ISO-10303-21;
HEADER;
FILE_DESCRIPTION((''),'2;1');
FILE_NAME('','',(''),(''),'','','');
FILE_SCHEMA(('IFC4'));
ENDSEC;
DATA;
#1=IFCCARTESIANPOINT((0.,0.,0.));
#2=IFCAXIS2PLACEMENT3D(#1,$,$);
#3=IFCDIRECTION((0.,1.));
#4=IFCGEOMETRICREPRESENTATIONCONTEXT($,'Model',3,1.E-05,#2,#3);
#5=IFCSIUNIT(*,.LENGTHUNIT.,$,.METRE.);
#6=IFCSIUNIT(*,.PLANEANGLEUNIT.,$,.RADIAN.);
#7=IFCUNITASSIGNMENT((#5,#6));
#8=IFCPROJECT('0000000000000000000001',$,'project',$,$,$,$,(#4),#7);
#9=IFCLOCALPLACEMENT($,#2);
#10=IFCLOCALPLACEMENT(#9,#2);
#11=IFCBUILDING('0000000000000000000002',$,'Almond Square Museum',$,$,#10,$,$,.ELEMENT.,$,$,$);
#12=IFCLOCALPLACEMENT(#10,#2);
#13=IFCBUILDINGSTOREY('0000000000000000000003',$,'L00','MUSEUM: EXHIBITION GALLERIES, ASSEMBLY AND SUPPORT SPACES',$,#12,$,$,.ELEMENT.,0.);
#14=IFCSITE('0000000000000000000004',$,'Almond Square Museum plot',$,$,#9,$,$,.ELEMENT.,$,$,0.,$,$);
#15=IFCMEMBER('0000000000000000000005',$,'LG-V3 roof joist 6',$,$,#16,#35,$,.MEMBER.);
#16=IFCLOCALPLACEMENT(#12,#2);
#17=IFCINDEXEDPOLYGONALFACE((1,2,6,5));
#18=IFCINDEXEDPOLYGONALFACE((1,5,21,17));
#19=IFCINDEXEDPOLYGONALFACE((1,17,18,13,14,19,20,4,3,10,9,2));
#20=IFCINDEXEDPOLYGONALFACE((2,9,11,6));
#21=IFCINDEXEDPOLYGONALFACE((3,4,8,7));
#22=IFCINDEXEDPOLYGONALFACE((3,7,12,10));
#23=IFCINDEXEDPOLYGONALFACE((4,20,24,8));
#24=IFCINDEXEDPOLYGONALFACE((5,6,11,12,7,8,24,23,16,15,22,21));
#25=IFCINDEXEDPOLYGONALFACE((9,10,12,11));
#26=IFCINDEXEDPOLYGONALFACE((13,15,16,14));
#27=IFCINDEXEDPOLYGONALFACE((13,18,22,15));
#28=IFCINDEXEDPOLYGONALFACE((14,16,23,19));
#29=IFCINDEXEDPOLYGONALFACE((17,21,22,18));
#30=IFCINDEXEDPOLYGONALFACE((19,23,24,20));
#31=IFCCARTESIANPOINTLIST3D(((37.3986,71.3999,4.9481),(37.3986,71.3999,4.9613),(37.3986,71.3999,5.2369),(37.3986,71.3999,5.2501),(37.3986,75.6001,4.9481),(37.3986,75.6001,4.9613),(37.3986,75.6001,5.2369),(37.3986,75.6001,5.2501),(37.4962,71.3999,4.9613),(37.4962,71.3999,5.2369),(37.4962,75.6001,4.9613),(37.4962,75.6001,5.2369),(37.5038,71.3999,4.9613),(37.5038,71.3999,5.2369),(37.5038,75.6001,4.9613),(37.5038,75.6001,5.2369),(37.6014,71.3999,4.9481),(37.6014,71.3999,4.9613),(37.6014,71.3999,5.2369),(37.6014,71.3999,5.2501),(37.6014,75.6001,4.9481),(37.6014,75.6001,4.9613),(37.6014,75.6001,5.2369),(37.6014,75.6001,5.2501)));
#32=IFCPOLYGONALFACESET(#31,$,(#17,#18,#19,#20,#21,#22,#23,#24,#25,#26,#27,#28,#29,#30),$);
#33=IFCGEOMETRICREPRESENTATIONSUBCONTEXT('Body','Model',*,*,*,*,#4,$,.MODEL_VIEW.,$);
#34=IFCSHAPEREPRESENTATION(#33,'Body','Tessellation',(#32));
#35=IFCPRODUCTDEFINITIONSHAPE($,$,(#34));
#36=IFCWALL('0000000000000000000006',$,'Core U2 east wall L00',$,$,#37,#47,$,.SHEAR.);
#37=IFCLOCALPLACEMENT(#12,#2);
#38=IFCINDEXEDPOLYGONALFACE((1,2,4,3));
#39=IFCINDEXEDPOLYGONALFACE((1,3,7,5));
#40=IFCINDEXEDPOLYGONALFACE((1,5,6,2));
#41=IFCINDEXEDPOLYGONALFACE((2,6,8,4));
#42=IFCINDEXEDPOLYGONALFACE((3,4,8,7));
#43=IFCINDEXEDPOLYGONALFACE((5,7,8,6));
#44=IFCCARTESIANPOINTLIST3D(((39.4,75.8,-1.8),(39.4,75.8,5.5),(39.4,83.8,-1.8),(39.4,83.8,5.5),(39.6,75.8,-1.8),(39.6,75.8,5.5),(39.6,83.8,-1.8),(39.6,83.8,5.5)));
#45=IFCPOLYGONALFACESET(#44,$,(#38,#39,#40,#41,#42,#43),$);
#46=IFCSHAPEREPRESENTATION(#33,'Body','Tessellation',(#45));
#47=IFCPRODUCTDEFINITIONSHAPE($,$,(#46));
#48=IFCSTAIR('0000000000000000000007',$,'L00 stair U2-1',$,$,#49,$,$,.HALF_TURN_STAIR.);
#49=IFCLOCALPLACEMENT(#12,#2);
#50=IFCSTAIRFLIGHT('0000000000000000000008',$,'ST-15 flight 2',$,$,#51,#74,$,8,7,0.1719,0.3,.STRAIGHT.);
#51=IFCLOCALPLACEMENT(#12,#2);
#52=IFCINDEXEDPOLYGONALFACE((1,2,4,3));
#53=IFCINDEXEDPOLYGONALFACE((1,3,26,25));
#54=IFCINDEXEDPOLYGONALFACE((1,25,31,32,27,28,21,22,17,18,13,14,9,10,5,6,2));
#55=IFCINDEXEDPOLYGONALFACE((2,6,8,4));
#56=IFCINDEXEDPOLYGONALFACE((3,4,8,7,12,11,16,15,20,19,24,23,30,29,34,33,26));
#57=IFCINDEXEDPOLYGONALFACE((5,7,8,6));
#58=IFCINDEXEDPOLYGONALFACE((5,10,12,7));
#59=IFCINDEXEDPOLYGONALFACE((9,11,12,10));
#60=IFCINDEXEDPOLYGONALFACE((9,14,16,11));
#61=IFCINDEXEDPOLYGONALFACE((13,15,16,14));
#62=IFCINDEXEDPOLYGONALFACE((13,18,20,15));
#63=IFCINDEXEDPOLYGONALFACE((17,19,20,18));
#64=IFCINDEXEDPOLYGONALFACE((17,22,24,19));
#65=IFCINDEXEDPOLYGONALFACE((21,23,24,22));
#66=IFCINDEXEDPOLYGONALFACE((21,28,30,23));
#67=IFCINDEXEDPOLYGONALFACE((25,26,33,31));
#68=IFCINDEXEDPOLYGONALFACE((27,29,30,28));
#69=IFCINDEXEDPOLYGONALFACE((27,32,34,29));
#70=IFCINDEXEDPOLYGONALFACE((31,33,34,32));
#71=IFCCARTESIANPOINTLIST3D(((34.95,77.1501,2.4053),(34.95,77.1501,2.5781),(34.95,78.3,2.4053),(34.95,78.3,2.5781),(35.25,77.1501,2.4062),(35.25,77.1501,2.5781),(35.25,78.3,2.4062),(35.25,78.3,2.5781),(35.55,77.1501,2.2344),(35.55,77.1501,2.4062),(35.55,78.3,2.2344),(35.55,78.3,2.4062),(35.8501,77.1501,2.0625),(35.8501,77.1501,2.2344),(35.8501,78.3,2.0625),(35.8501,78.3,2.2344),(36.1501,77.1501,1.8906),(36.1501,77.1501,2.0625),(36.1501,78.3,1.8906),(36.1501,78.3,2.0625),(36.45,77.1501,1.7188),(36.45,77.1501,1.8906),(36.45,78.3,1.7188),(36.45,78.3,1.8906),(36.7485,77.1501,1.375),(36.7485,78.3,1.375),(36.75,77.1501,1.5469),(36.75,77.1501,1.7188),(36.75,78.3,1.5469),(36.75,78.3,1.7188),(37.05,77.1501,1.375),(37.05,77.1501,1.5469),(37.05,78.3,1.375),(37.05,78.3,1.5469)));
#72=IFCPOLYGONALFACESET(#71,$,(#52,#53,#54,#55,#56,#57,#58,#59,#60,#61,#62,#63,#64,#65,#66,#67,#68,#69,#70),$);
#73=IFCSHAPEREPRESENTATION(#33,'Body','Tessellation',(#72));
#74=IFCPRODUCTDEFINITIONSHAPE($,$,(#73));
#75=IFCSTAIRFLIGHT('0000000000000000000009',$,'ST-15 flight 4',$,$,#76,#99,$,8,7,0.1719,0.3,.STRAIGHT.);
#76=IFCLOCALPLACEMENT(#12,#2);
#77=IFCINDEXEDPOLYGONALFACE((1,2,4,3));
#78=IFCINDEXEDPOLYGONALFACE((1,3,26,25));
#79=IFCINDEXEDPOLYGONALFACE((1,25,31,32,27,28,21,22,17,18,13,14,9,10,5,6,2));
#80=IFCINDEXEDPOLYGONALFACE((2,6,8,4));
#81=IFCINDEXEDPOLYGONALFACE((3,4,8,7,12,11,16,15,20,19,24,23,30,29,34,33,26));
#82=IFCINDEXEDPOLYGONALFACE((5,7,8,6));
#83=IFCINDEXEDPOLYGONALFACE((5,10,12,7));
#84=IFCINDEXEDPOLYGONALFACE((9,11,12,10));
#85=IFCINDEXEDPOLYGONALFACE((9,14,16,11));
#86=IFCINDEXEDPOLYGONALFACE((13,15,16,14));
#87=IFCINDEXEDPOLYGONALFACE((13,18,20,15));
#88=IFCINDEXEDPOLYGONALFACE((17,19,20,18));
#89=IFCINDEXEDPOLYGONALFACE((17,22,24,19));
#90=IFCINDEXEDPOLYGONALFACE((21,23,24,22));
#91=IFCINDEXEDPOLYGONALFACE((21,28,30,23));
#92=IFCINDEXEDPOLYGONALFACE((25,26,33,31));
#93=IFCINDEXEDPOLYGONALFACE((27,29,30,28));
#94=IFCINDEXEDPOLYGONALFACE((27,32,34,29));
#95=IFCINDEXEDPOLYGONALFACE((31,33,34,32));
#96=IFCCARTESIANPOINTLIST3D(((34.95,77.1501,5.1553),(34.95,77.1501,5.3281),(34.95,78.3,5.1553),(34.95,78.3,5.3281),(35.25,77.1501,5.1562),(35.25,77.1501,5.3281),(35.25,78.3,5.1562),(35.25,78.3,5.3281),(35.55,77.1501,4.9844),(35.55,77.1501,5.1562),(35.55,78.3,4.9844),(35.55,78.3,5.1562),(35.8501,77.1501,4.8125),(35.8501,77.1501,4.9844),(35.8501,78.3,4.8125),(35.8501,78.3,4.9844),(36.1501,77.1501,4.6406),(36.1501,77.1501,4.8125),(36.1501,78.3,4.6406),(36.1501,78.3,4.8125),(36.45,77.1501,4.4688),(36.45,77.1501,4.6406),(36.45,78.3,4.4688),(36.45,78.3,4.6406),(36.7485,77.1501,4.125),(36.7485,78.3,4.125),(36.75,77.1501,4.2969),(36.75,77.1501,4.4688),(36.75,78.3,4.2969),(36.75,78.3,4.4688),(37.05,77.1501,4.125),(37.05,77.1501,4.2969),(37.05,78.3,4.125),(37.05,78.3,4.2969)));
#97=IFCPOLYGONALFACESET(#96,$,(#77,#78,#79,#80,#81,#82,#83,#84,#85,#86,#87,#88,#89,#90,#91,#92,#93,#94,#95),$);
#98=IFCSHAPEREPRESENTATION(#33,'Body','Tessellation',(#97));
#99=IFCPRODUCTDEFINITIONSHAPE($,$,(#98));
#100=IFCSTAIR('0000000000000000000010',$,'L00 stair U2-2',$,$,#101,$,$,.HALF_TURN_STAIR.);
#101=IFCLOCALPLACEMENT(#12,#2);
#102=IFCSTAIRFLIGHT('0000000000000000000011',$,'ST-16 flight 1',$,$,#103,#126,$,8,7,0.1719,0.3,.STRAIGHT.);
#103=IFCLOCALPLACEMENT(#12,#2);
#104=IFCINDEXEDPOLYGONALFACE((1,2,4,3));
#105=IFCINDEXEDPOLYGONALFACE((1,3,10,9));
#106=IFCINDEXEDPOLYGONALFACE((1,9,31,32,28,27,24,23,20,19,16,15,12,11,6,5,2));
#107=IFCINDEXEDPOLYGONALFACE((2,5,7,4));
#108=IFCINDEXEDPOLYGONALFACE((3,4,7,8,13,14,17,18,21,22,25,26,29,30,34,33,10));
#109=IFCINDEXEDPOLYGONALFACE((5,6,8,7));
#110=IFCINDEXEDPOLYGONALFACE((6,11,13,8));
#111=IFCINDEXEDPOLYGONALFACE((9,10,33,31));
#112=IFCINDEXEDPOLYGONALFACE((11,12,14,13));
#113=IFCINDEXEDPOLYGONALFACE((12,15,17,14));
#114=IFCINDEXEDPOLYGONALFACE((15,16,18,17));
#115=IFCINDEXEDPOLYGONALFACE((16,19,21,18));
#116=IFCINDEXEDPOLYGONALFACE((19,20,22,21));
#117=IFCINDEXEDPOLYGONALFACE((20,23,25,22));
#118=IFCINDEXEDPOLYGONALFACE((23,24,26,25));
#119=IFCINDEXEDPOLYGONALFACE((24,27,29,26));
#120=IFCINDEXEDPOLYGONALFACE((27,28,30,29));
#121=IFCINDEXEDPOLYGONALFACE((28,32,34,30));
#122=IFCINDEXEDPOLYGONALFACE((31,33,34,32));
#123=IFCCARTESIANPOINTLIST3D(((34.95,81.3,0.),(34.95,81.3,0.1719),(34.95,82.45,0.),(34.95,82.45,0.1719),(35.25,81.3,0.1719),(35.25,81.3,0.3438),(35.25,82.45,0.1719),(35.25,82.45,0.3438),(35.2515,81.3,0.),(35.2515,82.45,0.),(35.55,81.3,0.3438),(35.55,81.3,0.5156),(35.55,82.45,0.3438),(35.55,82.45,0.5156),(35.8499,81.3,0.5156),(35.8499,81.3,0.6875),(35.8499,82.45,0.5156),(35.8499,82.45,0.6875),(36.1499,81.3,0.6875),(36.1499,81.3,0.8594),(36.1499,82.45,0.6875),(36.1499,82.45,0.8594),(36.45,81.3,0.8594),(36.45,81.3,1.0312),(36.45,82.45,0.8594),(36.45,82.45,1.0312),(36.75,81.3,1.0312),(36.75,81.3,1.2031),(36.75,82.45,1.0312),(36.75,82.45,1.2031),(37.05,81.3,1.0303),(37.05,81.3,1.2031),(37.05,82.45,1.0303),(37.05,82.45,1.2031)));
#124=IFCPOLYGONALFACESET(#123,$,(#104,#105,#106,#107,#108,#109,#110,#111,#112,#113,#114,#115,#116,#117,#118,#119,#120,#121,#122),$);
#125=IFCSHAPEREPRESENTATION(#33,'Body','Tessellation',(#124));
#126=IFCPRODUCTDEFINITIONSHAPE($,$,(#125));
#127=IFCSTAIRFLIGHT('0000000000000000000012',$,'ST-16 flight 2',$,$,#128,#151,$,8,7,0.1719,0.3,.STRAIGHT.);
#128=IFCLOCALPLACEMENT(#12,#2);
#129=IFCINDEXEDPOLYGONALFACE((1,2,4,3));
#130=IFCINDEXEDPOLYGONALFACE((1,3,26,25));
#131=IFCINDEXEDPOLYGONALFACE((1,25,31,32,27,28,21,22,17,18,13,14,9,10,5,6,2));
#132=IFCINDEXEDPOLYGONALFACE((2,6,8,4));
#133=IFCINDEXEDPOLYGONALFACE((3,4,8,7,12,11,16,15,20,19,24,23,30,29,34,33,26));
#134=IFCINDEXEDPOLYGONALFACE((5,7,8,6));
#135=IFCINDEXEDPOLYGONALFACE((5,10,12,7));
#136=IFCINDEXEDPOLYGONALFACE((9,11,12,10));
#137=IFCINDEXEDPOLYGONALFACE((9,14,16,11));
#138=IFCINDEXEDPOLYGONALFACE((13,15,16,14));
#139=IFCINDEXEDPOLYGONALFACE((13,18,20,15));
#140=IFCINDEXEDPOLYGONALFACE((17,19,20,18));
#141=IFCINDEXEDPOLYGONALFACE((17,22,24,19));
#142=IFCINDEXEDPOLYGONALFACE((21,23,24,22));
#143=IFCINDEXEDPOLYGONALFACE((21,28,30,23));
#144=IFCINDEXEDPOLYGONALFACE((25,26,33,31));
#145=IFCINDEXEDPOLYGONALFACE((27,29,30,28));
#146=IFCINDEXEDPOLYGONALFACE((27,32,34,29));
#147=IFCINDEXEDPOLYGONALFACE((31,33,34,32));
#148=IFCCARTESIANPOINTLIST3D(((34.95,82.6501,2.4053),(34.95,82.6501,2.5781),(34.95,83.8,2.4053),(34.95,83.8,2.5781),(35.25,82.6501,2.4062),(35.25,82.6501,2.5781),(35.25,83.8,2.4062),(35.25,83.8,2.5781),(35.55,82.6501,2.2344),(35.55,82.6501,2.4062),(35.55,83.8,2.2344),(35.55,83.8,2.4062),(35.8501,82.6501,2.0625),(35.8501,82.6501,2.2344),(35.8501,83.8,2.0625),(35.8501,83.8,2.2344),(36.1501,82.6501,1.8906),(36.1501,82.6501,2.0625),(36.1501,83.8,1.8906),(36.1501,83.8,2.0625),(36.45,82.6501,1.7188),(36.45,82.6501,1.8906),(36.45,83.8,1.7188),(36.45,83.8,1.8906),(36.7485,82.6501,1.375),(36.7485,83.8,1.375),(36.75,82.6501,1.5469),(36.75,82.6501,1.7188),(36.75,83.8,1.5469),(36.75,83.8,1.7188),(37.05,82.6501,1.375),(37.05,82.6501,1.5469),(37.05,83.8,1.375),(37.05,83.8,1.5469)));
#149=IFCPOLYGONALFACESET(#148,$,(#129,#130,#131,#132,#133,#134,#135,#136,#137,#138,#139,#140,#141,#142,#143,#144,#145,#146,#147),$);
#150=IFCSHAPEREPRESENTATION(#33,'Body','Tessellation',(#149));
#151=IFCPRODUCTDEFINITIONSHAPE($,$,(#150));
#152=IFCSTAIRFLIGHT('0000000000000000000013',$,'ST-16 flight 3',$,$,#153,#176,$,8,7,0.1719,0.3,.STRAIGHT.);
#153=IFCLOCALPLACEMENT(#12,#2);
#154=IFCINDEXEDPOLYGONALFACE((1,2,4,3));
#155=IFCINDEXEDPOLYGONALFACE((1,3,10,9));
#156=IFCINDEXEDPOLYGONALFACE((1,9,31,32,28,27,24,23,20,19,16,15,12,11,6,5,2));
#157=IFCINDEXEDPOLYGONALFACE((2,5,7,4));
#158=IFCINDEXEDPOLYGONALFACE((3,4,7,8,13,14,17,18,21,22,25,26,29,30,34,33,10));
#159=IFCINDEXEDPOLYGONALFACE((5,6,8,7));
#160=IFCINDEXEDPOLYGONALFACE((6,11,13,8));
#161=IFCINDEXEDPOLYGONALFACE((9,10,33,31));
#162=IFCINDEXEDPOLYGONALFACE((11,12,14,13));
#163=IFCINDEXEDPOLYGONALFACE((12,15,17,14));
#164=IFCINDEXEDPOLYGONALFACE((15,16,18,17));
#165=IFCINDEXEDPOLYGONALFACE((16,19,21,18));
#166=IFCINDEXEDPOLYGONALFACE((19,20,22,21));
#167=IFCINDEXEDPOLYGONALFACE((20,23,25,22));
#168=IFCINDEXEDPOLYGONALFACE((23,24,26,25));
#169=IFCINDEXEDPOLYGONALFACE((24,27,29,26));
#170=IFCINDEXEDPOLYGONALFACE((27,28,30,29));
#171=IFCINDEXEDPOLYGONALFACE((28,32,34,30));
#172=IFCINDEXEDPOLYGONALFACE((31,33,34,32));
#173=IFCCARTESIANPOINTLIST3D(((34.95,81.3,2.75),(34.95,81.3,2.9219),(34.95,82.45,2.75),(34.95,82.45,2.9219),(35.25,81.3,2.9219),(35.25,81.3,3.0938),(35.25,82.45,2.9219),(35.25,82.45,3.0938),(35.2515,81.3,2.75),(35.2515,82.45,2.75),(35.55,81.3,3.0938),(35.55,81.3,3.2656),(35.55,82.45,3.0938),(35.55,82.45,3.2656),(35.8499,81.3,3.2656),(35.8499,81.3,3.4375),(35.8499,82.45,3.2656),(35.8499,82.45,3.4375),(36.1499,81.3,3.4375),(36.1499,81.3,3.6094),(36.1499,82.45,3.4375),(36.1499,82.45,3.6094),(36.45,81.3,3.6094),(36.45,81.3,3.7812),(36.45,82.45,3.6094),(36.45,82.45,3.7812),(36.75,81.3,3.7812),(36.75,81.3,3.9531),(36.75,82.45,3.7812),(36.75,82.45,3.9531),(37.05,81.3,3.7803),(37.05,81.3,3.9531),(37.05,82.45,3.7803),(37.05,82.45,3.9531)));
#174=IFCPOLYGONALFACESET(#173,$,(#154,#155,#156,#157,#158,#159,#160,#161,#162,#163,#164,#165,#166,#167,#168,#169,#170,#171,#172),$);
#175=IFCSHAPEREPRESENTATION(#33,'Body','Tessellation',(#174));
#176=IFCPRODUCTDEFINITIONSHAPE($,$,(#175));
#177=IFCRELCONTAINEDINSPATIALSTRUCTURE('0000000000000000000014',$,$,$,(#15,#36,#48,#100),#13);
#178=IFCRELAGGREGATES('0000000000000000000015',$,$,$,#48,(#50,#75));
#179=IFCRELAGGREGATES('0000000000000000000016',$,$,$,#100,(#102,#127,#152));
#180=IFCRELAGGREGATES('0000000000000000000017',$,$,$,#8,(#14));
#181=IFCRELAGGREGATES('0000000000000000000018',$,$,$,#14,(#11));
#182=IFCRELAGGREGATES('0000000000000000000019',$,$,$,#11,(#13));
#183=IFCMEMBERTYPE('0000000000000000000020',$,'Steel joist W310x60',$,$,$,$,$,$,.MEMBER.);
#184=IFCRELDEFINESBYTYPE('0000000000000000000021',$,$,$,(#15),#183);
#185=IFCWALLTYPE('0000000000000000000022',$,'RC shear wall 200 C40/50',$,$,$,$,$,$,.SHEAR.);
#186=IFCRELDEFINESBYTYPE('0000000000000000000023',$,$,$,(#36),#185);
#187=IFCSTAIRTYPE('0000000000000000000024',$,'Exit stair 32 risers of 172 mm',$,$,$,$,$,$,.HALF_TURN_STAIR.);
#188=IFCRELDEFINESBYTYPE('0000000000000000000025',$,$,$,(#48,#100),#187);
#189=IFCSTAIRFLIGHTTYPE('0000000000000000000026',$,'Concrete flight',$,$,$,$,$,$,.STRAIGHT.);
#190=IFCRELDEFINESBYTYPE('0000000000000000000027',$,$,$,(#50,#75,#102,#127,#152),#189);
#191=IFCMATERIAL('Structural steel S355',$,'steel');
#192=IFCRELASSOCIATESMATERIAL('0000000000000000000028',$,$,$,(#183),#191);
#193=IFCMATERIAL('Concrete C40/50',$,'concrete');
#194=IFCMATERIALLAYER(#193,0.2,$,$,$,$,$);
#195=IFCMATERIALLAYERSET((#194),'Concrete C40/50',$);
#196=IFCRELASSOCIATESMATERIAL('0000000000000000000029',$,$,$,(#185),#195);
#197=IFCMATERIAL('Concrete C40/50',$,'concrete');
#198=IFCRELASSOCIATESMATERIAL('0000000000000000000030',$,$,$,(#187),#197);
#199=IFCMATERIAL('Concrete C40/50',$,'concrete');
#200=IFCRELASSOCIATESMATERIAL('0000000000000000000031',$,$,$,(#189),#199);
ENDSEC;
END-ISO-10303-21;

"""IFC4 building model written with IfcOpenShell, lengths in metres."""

from ifc_helpers import new_model, si_unit, direction, frame, frame_2d, origin, origin_2d, place, context, subcontext, project, spatial, polyline, rectangle, i_section, outline, extrude, material, layer, layer_set, material_profile, profile_set, type_object, element, aggregate, save


model = new_model("IFC4")

# Units and contexts
model_context = context("Model", 3, precision=1e-05, world=origin(), true_north=direction((0.0, 1.0)))
body_context = subcontext(model_context, "Body", "Model", "MODEL_VIEW")
ifc_project = project(units=[si_unit("LENGTHUNIT", "METRE"), si_unit("PLANEANGLEUNIT", "RADIAN")], contexts=[model_context])

# Site, building, storey
site_placement = place(None, origin())
site = spatial("IfcSite", under=ifc_project, at=site_placement, Name="Almond Square Museum plot", CompositionType="ELEMENT", RefElevation=0.0)
building_placement = place(site_placement, origin())
building = spatial("IfcBuilding", under=site, at=building_placement, Name="Almond Square Museum", CompositionType="ELEMENT")
storey_placement = place(building_placement, origin())
storey = spatial("IfcBuildingStorey", under=building, at=storey_placement, Name="L00", Description="MUSEUM: EXHIBITION GALLERIES, ASSEMBLY AND SUPPORT SPACES", CompositionType="ELEMENT", Elevation=0.0)

# Member
ifc_material_1 = material(Name="Structural steel S355", Category="steel")
ifc_material_profile_1 = material_profile(ifc_material_1, i_section(OverallWidth=0.2029, OverallDepth=0.302, WebThickness=0.0076, FlangeThickness=0.0132, at=origin_2d()))
ifc_profile_set_1 = profile_set([ifc_material_profile_1], Name="Structural steel S355")
member_type = type_object("IfcMemberType", Name="Steel joist W310x60", PredefinedType="MEMBER", material=ifc_profile_set_1)
for number, where, z_axis, x_axis, name in (
    (1, (37.5, 75.6001, 5.0991), (0.0, -1.0, 0.0), (1.0, 0.0, 0.0), "LG-V3 roof joist 6"),
):
    element("IfcMember", number, at=place(storey_placement, frame(where, z_axis=z_axis, x_axis=x_axis)), inside=storey, type_object=member_type, Name=name, PredefinedType="MEMBER", context=body_context, shape_type="SweptSolid", body=[
        extrude(i_section(OverallWidth=0.2029, OverallDepth=0.302, WebThickness=0.0076, FlangeThickness=0.0132, at=origin_2d()), origin(), (0.0, 0.0, 1.0), 4.2002),
    ])

# Wall
ifc_material_2 = material(Name="Concrete C40/50", Category="concrete")
ifc_layer = layer(ifc_material_2, 0.2)
ifc_layer_set = layer_set([ifc_layer], Name="Concrete C40/50")
wall_type = type_object("IfcWallType", Name="RC shear wall 200 C40/50", PredefinedType="SHEAR", material=ifc_layer_set)
wall_placement = place(storey_placement, frame((39.5, 75.8, -1.8), z_axis=(0.0, 0.0, 1.0), x_axis=(0.0, 1.0, 0.0)))
element("IfcWall", 2, at=wall_placement, inside=storey, type_object=wall_type, Name="Core U2 east wall L00", PredefinedType="SHEAR", context=body_context, shape_type="SweptSolid", body=[
    extrude(rectangle(XDim=8.0, YDim=0.2, at=frame_2d((4.0, 0.0))), origin(), (0.0, 0.0, 1.0), 7.3),
])

# Stairs, stair flights
ifc_material_3 = material(Name="Concrete C40/50", Category="concrete")
stair_type = type_object("IfcStairType", Name="Exit stair 32 risers of 172 mm", PredefinedType="HALF_TURN_STAIR", material=ifc_material_3)
stair_1_placement = place(storey_placement, origin())
stair_1 = element("IfcStair", 3, at=stair_1_placement, inside=storey, type_object=stair_type, Name="L00 stair U2-1", PredefinedType="HALF_TURN_STAIR")
ifc_material_4 = material(Name="Concrete C40/50", Category="concrete")
stair_flight_type = type_object("IfcStairFlightType", Name="Concrete flight", PredefinedType="STRAIGHT", material=ifc_material_4)
stair_flight_1_placement = place(storey_placement, frame((37.05, 77.7251, 1.375), z_axis=(0.0, 0.0, 1.0), x_axis=(-1.0, 0.0, 0.0)))
stair_flight_1 = element("IfcStairFlight", 4, at=stair_flight_1_placement, type_object=stair_flight_type, Name="ST-15 flight 2", NumberOfRisers=8, NumberOfTreads=7, PredefinedType="STRAIGHT", RiserHeight=0.1719, TreadLength=0.3, context=body_context, shape_type="SweptSolid", body=[
    extrude(outline(polyline([(0.0, 0.0), (0.0, 0.1719), (0.3, 0.1719), (0.3, 0.3438), (0.6001, 0.3438), (0.6001, 0.5156), (0.8999, 0.5156), (0.8999, 0.6875), (1.2, 0.6875), (1.2, 0.8594), (1.5, 0.8594), (1.5, 1.0312), (1.8, 1.0312), (1.8, 1.2031), (2.1001, 1.2031), (2.1001, 1.375), (2.1001, 1.0303), (0.3015, 0.0), (0.0, 0.0)])), frame((0.0, 0.575, 0.0), z_axis=(0.0, -1.0, 0.0), x_axis=(1.0, 0.0, 0.0)), (0.0, 0.0, 1.0), 1.1499),
])
stair_flight_2_placement = place(storey_placement, frame((37.05, 77.7251, 4.125), z_axis=(0.0, 0.0, 1.0), x_axis=(-1.0, 0.0, 0.0)))
stair_flight_2 = element("IfcStairFlight", 5, at=stair_flight_2_placement, type_object=stair_flight_type, Name="ST-15 flight 4", NumberOfRisers=8, NumberOfTreads=7, PredefinedType="STRAIGHT", RiserHeight=0.1719, TreadLength=0.3, context=body_context, shape_type="SweptSolid", body=[
    extrude(outline(polyline([(0.0, 0.0), (0.0, 0.1719), (0.3, 0.1719), (0.3, 0.3438), (0.6001, 0.3438), (0.6001, 0.5156), (0.8999, 0.5156), (0.8999, 0.6875), (1.2, 0.6875), (1.2, 0.8594), (1.5, 0.8594), (1.5, 1.0312), (1.8, 1.0312), (1.8, 1.2031), (2.1001, 1.2031), (2.1001, 1.375), (2.1001, 1.0303), (0.3015, 0.0), (0.0, 0.0)])), frame((0.0, 0.575, 0.0), z_axis=(0.0, -1.0, 0.0), x_axis=(1.0, 0.0, 0.0)), (0.0, 0.0, 1.0), 1.1499),
])
aggregate(stair_1, [stair_flight_1, stair_flight_2])
stair_2_placement = place(storey_placement, origin())
stair_2 = element("IfcStair", 6, at=stair_2_placement, inside=storey, type_object=stair_type, Name="L00 stair U2-2", PredefinedType="HALF_TURN_STAIR")
stair_flight_3_placement = place(storey_placement, frame((34.95, 81.875, 0.0), z_axis=(0.0, 0.0, 1.0), x_axis=(1.0, 0.0, 0.0)))
stair_flight_3 = element("IfcStairFlight", 7, at=stair_flight_3_placement, type_object=stair_flight_type, Name="ST-16 flight 1", NumberOfRisers=8, NumberOfTreads=7, PredefinedType="STRAIGHT", RiserHeight=0.1719, TreadLength=0.3, context=body_context, shape_type="SweptSolid", body=[
    extrude(outline(polyline([(0.0, 0.0), (0.0, 0.1719), (0.3, 0.1719), (0.3, 0.3438), (0.6001, 0.3438), (0.6001, 0.5156), (0.8999, 0.5156), (0.8999, 0.6875), (1.2, 0.6875), (1.2, 0.8594), (1.5, 0.8594), (1.5, 1.0312), (1.8, 1.0312), (1.8, 1.2031), (2.1001, 1.2031), (2.1001, 1.375), (2.1001, 1.0303), (0.3015, 0.0), (0.0, 0.0)])), frame((0.0, 0.575, 0.0), z_axis=(0.0, -1.0, 0.0), x_axis=(1.0, 0.0, 0.0)), (0.0, 0.0, 1.0), 1.1499),
])
stair_flight_4_placement = place(storey_placement, frame((37.05, 83.2251, 1.375), z_axis=(0.0, 0.0, 1.0), x_axis=(-1.0, 0.0, 0.0)))
stair_flight_4 = element("IfcStairFlight", 8, at=stair_flight_4_placement, type_object=stair_flight_type, Name="ST-16 flight 2", NumberOfRisers=8, NumberOfTreads=7, PredefinedType="STRAIGHT", RiserHeight=0.1719, TreadLength=0.3, context=body_context, shape_type="SweptSolid", body=[
    extrude(outline(polyline([(0.0, 0.0), (0.0, 0.1719), (0.3, 0.1719), (0.3, 0.3438), (0.6001, 0.3438), (0.6001, 0.5156), (0.8999, 0.5156), (0.8999, 0.6875), (1.2, 0.6875), (1.2, 0.8594), (1.5, 0.8594), (1.5, 1.0312), (1.8, 1.0312), (1.8, 1.2031), (2.1001, 1.2031), (2.1001, 1.375), (2.1001, 1.0303), (0.3015, 0.0), (0.0, 0.0)])), frame((0.0, 0.575, 0.0), z_axis=(0.0, -1.0, 0.0), x_axis=(1.0, 0.0, 0.0)), (0.0, 0.0, 1.0), 1.1499),
])
stair_flight_5_placement = place(storey_placement, frame((34.95, 81.875, 2.75), z_axis=(0.0, 0.0, 1.0), x_axis=(1.0, 0.0, 0.0)))
stair_flight_5 = element("IfcStairFlight", 9, at=stair_flight_5_placement, type_object=stair_flight_type, Name="ST-16 flight 3", NumberOfRisers=8, NumberOfTreads=7, PredefinedType="STRAIGHT", RiserHeight=0.1719, TreadLength=0.3, context=body_context, shape_type="SweptSolid", body=[
    extrude(outline(polyline([(0.0, 0.0), (0.0, 0.1719), (0.3, 0.1719), (0.3, 0.3438), (0.6001, 0.3438), (0.6001, 0.5156), (0.8999, 0.5156), (0.8999, 0.6875), (1.2, 0.6875), (1.2, 0.8594), (1.5, 0.8594), (1.5, 1.0312), (1.8, 1.0312), (1.8, 1.2031), (2.1001, 1.2031), (2.1001, 1.375), (2.1001, 1.0303), (0.3015, 0.0), (0.0, 0.0)])), frame((0.0, 0.575, 0.0), z_axis=(0.0, -1.0, 0.0), x_axis=(1.0, 0.0, 0.0)), (0.0, 0.0, 1.0), 1.1499),
])
aggregate(stair_2, [stair_flight_3, stair_flight_4, stair_flight_5])

save(model, "model.ifc")
